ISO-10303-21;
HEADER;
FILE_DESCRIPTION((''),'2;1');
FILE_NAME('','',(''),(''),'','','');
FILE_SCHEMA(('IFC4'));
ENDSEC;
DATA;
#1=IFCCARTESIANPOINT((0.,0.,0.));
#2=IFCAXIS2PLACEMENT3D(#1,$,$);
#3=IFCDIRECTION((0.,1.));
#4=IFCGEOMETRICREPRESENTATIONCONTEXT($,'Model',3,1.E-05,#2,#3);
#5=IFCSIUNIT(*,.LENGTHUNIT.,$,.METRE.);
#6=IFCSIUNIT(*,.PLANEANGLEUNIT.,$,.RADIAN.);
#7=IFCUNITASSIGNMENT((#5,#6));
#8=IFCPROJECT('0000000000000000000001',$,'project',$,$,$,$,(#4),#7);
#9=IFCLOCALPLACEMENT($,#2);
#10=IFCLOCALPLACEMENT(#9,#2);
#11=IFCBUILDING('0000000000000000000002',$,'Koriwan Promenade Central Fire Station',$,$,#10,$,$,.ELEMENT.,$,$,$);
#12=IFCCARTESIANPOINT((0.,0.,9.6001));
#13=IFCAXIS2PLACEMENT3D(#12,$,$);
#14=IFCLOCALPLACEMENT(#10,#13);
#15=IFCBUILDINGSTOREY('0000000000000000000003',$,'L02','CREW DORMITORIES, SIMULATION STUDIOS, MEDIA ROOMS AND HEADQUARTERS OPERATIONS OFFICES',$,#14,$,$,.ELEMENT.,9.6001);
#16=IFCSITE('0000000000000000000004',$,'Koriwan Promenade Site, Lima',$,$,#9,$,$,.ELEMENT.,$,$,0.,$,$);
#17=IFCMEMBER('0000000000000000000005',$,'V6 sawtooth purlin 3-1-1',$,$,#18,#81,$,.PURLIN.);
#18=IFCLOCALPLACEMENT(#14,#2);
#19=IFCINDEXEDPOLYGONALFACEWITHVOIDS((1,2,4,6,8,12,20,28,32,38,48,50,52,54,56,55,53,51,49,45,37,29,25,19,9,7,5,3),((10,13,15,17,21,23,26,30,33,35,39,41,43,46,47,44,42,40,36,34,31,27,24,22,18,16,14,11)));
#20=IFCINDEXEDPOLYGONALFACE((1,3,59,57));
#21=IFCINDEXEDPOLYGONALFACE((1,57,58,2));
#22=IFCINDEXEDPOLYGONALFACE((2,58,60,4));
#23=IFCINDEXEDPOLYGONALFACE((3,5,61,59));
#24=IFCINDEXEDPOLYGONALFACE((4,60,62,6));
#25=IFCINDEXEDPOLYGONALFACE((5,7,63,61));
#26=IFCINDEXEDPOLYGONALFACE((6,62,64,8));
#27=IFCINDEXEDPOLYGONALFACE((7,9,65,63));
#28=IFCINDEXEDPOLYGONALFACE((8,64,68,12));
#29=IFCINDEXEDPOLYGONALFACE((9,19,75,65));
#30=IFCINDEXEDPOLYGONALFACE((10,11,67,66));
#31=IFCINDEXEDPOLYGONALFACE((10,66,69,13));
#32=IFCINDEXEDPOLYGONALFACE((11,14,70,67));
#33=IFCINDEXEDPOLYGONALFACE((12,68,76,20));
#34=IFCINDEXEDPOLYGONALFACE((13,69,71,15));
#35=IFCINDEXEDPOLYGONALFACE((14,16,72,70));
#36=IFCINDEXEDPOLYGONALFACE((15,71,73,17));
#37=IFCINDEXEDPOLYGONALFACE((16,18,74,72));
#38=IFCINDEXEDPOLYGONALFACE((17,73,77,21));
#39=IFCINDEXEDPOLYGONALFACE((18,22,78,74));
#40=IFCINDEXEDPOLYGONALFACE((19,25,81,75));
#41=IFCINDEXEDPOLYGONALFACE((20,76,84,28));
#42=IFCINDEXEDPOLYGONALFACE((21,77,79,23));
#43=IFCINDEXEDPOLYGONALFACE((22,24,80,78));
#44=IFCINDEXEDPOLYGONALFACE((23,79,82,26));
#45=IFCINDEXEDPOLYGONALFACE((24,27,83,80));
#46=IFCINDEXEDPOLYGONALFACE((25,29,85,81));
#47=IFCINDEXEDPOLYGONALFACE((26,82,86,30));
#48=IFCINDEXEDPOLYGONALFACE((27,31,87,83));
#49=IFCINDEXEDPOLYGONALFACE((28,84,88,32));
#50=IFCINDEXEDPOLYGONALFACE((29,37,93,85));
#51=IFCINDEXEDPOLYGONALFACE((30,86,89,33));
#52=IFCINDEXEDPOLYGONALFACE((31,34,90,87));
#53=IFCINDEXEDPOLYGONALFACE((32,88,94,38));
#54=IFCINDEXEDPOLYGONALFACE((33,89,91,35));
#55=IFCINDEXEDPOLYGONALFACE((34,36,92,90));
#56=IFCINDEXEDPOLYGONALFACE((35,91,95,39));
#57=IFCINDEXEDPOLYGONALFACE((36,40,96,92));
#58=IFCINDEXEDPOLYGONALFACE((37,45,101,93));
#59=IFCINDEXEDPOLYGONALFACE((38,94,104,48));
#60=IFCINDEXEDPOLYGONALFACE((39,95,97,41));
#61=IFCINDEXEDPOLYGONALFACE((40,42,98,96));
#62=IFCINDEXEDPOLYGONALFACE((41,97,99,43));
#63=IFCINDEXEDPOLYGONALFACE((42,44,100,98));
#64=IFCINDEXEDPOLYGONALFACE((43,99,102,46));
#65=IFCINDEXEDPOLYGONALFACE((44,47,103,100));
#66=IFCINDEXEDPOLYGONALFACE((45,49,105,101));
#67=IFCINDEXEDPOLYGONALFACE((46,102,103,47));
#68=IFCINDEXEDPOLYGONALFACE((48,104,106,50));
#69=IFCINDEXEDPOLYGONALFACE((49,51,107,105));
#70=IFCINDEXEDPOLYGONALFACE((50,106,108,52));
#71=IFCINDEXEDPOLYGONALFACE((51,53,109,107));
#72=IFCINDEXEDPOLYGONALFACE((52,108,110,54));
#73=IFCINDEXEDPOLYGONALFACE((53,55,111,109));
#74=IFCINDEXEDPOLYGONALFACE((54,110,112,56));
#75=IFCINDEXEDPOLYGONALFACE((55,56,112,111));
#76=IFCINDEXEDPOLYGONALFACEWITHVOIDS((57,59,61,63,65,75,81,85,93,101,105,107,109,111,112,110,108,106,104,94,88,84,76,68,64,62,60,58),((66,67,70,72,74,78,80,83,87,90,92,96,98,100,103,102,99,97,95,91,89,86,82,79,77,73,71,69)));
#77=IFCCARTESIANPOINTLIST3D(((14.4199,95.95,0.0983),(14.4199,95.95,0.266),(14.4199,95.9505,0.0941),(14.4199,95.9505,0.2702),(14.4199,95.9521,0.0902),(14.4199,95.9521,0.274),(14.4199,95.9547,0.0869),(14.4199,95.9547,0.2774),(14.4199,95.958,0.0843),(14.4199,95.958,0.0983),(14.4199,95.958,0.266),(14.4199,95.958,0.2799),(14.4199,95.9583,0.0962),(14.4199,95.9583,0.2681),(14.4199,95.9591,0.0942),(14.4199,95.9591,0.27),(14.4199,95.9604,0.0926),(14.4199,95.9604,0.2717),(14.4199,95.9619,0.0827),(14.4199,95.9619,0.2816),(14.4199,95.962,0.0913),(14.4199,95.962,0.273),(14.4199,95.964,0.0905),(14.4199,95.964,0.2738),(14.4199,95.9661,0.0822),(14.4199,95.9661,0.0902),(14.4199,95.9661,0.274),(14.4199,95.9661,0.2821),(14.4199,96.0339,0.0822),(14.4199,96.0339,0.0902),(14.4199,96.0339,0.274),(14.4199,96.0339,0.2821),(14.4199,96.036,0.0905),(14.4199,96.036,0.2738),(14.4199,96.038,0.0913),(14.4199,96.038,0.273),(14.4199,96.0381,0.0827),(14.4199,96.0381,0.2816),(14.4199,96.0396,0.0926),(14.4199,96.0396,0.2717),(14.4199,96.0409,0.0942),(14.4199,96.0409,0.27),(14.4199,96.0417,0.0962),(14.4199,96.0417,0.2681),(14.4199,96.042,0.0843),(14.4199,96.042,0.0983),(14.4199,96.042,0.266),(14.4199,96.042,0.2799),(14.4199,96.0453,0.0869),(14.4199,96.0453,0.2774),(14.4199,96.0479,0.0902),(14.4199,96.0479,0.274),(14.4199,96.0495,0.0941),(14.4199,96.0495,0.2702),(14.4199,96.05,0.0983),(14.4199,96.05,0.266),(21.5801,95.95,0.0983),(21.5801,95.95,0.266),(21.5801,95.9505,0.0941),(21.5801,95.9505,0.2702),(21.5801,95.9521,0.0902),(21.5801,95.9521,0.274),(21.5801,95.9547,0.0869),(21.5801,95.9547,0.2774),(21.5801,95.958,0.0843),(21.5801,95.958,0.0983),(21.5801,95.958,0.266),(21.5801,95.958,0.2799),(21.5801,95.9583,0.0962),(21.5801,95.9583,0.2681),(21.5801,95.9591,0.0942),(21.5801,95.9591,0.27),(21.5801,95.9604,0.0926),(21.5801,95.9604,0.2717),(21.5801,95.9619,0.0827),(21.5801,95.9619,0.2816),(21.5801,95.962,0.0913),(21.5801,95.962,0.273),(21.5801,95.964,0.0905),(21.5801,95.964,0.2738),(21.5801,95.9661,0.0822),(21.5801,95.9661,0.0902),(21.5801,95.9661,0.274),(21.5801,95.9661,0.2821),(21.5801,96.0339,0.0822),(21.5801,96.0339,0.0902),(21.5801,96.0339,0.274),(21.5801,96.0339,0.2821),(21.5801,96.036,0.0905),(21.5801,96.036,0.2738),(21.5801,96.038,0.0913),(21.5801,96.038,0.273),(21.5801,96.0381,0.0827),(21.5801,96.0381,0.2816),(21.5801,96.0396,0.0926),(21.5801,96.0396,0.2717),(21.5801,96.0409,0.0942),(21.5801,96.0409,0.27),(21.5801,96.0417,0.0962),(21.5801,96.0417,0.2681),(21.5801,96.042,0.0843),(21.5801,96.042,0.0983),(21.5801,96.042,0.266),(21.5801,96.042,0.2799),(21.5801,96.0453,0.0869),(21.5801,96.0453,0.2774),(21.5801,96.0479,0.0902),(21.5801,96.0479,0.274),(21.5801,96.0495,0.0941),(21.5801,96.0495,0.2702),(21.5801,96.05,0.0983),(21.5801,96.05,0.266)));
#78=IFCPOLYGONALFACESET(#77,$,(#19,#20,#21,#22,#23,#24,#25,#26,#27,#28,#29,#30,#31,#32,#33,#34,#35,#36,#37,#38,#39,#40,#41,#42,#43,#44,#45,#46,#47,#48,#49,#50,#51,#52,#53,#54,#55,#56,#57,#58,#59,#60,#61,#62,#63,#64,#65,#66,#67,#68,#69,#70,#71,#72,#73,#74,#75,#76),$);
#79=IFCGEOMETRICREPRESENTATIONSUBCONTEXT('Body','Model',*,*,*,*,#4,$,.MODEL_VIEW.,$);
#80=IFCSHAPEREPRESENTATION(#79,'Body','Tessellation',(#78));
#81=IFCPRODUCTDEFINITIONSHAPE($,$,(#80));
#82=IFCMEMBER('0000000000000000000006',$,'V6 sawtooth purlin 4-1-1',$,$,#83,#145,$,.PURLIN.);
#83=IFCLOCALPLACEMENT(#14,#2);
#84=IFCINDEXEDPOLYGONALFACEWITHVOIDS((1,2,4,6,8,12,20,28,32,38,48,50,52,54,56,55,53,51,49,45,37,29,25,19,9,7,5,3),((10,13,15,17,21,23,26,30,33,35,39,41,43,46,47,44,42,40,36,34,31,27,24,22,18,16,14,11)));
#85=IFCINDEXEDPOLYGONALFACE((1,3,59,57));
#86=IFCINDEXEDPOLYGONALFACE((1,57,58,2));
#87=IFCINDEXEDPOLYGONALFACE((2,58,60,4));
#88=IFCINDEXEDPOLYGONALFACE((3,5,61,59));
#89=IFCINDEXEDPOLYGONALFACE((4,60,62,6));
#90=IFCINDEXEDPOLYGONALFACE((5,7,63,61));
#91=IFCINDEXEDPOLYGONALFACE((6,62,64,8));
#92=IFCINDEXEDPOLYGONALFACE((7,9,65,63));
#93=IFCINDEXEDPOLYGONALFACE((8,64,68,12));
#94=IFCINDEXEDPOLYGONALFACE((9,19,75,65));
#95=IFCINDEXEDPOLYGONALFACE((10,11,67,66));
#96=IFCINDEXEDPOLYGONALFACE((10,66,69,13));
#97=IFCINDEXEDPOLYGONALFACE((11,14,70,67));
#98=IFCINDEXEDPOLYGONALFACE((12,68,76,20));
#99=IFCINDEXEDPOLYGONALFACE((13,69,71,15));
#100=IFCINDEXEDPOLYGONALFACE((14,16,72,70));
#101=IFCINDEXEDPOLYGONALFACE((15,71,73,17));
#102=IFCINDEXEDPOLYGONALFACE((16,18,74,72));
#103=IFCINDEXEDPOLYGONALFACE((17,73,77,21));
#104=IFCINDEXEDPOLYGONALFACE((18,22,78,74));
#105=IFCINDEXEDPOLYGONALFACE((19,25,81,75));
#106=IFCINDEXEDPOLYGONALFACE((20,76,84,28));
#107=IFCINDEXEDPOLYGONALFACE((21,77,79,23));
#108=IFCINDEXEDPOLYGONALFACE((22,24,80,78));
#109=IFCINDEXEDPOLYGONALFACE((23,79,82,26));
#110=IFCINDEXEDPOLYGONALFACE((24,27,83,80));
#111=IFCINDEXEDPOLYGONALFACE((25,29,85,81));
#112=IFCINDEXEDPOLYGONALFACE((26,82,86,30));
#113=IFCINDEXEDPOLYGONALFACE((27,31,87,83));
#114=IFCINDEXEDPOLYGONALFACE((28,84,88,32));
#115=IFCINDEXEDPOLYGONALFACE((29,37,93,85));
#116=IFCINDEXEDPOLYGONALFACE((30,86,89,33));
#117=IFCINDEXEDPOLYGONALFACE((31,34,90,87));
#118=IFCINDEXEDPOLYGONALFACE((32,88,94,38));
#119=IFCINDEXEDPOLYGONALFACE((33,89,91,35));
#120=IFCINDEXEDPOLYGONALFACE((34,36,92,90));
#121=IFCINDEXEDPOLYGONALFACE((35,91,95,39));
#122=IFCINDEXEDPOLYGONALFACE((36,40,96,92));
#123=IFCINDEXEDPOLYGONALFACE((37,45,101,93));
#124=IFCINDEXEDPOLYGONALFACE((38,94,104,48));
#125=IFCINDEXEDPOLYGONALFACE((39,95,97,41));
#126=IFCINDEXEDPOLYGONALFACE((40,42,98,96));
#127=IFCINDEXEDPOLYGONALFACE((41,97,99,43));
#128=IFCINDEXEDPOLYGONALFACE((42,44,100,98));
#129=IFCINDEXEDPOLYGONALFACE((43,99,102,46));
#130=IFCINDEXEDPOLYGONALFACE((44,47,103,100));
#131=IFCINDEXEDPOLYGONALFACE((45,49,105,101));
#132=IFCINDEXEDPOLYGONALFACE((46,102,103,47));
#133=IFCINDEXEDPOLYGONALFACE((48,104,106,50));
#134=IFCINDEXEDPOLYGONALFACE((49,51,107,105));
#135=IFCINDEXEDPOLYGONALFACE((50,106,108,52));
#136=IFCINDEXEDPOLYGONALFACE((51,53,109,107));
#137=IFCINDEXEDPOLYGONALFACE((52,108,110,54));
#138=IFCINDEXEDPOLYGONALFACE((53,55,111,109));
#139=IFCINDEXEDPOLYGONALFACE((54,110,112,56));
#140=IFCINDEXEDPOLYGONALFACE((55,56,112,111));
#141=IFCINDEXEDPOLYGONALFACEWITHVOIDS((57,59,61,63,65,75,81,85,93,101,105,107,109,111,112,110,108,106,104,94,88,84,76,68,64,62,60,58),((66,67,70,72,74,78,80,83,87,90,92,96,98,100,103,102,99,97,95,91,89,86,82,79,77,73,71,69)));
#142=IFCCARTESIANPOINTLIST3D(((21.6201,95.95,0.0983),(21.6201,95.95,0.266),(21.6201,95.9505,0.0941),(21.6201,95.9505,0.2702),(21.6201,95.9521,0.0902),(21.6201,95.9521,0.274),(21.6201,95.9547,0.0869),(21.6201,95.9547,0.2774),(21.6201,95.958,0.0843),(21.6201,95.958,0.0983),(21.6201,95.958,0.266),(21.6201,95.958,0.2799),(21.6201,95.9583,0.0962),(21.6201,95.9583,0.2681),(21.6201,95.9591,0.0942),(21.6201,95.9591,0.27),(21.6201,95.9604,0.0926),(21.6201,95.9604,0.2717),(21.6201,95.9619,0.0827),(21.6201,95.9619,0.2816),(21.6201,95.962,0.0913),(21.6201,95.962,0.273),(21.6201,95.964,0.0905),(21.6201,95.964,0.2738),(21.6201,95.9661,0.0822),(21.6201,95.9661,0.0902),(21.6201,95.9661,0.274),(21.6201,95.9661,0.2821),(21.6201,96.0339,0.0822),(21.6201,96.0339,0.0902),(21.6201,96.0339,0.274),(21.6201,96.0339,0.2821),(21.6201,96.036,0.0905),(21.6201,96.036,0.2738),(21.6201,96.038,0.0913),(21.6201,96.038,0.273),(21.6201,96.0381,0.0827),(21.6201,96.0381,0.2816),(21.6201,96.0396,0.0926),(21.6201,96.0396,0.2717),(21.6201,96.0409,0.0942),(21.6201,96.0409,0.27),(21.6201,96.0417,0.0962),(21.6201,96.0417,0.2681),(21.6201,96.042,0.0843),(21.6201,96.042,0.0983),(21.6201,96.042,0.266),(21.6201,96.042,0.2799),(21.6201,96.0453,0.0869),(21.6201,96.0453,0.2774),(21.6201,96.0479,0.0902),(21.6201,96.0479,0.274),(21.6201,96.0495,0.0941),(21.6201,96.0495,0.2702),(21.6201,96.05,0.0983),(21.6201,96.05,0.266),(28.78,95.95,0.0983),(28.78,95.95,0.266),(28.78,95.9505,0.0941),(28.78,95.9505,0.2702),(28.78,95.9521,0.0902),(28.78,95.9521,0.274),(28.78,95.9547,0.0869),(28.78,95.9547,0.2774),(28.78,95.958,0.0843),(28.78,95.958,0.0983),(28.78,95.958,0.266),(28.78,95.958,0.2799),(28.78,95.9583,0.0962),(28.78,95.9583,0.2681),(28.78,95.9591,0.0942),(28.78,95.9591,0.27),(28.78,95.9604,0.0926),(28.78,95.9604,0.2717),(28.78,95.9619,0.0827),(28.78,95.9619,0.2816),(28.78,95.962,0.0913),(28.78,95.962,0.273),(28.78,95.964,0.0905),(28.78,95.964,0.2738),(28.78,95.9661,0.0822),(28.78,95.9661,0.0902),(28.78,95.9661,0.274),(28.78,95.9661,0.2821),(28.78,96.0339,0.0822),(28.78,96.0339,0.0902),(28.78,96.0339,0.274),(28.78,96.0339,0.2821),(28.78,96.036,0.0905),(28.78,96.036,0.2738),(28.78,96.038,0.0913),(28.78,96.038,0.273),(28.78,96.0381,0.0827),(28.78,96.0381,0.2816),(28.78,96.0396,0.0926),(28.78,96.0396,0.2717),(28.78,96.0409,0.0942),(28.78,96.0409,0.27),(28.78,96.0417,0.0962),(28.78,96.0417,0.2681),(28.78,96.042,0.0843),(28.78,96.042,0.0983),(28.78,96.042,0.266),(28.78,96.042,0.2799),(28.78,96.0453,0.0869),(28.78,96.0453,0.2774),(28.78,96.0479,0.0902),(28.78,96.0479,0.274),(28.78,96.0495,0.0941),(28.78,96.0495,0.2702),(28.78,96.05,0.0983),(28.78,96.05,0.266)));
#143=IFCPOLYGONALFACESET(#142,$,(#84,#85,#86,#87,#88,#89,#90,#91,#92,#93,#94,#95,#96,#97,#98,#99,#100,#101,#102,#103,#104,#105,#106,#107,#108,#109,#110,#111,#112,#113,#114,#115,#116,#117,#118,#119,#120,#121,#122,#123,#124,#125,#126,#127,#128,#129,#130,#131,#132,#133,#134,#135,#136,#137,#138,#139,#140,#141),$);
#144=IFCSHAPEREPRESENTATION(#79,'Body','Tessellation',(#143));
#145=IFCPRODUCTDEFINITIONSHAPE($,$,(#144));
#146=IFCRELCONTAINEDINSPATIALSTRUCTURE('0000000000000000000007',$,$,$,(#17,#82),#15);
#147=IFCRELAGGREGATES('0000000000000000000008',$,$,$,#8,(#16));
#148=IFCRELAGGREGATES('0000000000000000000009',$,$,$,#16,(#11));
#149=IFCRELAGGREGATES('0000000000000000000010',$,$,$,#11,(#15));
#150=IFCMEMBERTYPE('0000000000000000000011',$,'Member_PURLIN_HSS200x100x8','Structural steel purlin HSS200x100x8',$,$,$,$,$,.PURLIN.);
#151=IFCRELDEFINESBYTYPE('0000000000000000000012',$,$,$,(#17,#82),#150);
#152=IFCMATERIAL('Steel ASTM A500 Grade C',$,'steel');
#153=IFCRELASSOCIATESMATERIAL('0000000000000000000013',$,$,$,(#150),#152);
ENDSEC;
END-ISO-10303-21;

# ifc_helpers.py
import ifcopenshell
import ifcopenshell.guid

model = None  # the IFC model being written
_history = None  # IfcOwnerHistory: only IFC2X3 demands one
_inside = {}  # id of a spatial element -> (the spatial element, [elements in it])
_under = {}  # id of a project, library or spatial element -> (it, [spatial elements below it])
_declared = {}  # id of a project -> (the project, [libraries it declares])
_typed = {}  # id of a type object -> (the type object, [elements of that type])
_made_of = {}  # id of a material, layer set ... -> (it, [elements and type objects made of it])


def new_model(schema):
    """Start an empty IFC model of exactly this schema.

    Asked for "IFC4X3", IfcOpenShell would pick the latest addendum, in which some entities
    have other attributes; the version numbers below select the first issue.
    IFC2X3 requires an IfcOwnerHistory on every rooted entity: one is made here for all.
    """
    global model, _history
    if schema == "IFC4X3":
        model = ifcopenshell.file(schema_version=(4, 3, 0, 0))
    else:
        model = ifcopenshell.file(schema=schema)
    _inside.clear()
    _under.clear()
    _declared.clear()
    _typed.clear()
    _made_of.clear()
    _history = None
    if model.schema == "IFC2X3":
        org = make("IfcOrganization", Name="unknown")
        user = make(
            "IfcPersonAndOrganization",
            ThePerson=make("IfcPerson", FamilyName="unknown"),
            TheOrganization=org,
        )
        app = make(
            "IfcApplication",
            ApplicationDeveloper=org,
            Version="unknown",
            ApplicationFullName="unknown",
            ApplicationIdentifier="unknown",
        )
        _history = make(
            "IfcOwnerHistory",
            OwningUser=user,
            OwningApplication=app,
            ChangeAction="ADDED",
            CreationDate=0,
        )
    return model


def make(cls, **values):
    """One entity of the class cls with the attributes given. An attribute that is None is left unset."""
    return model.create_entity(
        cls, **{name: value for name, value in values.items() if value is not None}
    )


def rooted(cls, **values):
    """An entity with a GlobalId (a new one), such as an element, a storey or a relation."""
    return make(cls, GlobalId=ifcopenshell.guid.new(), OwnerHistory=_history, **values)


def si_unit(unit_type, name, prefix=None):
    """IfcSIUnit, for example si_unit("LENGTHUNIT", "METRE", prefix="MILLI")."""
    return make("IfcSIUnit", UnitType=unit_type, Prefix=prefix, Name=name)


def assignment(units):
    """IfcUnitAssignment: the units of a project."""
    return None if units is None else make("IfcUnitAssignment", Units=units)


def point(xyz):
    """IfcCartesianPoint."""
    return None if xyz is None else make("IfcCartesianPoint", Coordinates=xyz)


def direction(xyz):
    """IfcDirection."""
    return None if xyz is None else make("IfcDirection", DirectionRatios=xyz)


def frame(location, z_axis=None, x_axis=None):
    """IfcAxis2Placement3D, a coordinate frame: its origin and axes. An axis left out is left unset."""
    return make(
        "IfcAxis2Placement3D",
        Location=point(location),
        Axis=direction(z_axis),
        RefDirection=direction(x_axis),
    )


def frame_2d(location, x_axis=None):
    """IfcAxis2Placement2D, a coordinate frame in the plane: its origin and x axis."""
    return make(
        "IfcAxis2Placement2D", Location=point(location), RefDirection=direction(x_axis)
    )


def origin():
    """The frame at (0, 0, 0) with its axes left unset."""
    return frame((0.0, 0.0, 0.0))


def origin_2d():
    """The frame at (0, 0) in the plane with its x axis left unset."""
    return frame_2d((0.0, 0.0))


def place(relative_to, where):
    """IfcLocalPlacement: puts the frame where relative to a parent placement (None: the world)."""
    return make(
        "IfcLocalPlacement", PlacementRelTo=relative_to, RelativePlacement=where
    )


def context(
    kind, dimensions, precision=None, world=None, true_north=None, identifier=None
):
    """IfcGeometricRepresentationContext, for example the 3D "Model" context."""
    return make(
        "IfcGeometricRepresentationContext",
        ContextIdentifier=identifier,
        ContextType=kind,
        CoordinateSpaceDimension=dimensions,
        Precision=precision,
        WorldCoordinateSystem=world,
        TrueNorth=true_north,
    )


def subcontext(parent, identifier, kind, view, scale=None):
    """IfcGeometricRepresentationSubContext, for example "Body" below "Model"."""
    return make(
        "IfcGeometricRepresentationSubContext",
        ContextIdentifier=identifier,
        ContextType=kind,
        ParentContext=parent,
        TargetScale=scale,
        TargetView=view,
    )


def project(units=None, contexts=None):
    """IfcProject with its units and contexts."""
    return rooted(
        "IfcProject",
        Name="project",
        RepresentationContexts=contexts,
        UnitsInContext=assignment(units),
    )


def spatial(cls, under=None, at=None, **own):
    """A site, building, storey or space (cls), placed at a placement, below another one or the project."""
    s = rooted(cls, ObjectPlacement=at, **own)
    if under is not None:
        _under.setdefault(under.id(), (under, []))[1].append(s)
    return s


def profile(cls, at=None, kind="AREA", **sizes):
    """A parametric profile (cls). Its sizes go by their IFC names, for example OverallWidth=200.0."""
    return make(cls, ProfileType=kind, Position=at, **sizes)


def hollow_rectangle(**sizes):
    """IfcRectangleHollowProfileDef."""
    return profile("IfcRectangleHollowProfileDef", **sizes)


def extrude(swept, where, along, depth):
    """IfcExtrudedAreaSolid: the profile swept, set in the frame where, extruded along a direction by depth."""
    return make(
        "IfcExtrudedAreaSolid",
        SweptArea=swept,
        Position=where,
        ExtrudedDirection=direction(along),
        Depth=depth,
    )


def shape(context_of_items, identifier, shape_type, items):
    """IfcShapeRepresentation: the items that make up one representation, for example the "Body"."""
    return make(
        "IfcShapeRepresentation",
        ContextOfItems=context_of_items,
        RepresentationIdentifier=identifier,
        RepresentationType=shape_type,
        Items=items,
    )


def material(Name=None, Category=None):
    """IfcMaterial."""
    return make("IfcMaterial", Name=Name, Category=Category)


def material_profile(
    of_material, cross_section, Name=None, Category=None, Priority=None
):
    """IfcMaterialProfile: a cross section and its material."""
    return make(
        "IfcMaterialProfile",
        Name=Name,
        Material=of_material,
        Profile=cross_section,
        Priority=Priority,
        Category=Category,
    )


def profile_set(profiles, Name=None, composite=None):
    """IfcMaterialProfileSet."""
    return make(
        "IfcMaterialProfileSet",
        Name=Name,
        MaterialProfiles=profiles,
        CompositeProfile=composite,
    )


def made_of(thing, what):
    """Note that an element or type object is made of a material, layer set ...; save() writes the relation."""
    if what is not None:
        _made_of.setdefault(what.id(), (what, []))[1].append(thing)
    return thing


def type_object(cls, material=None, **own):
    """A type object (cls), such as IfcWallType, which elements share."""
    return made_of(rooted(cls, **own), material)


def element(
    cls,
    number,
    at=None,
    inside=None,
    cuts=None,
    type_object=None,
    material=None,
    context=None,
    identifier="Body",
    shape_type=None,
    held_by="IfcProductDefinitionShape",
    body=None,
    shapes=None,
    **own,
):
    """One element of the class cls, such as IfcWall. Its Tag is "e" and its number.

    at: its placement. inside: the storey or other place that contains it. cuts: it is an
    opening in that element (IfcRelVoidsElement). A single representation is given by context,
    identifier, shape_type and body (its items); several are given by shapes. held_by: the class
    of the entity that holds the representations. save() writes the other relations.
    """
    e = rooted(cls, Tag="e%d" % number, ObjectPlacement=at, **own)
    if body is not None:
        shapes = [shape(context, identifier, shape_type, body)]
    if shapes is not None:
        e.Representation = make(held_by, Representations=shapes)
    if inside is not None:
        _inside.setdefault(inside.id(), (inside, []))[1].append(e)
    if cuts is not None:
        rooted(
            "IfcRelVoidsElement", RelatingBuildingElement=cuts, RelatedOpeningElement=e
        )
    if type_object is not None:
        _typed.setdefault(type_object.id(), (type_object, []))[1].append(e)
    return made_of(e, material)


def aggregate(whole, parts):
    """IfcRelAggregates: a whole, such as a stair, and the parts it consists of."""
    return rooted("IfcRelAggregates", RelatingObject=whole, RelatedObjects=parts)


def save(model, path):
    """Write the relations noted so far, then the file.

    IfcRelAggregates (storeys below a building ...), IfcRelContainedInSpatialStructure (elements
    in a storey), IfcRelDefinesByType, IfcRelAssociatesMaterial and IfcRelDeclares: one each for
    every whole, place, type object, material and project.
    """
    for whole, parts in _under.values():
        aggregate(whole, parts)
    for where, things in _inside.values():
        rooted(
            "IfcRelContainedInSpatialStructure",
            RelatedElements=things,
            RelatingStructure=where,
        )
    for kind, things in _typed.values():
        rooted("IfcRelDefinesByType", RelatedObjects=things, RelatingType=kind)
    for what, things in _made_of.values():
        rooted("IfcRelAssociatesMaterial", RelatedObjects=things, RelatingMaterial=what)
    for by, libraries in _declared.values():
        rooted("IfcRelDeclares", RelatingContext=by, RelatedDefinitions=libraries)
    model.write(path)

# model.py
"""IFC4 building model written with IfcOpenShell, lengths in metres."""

from ifc_helpers import new_model, si_unit, direction, frame, origin, origin_2d, place, context, subcontext, project, spatial, hollow_rectangle, extrude, material, material_profile, profile_set, type_object, element, save


model = new_model("IFC4")

# Units and contexts
model_context = context("Model", 3, precision=1e-05, world=origin(), true_north=direction((0.0, 1.0)))
body_context = subcontext(model_context, "Body", "Model", "MODEL_VIEW")
ifc_project = project(units=[si_unit("LENGTHUNIT", "METRE"), si_unit("PLANEANGLEUNIT", "RADIAN")], contexts=[model_context])

# Site, building, storey
site_placement = place(None, origin())
site = spatial("IfcSite", under=ifc_project, at=site_placement, Name="Koriwan Promenade Site, Lima", CompositionType="ELEMENT", RefElevation=0.0)
building_placement = place(site_placement, origin())
building = spatial("IfcBuilding", under=site, at=building_placement, Name="Koriwan Promenade Central Fire Station", CompositionType="ELEMENT")
storey_placement = place(building_placement, frame((0.0, 0.0, 9.6001)))
storey = spatial("IfcBuildingStorey", under=building, at=storey_placement, Name="L02", Description="CREW DORMITORIES, SIMULATION STUDIOS, MEDIA ROOMS AND HEADQUARTERS OPERATIONS OFFICES", CompositionType="ELEMENT", Elevation=9.6001)

# Shared definitions
ifc_material_1 = material(Name="Steel ASTM A500 Grade C", Category="steel")

# Members
ifc_material_profile_1 = material_profile(ifc_material_1, hollow_rectangle(XDim=0.1001, YDim=0.2, WallThickness=0.0081, InnerFilletRadius=0.0081, OuterFilletRadius=0.0161, at=origin_2d()), Name="HSS200x100x8")
ifc_profile_set_1 = profile_set([ifc_material_profile_1], Name="Steel ASTM A500 Grade C")
member_type_1 = type_object("IfcMemberType", Name="Member_PURLIN_HSS200x100x8", Description="Structural steel purlin HSS200x100x8", PredefinedType="PURLIN", material=ifc_profile_set_1)
member_placement = place(storey_placement, frame((14.4199, 96.0, 0.1821), z_axis=(1.0, 0.0, 0.0), x_axis=(0.0, 1.0, 0.0)))
element("IfcMember", 1, at=member_placement, inside=storey, type_object=member_type_1, Name="V6 sawtooth purlin 3-1-1", PredefinedType="PURLIN", context=body_context, shape_type="SweptSolid", body=[
    extrude(hollow_rectangle(XDim=0.1001, YDim=0.2, WallThickness=0.0081, InnerFilletRadius=0.0081, OuterFilletRadius=0.0161, at=origin_2d()), origin(), (0.0, 0.0, 1.0), 7.1602),
])
for number, where, z_axis, x_axis, name in (
    (2, (21.6201, 96.0, 0.1821), (1.0, 0.0, 0.0), (0.0, 1.0, 0.0), "V6 sawtooth purlin 4-1-1"),
):
    element("IfcMember", number, at=place(storey_placement, frame(where, z_axis=z_axis, x_axis=x_axis)), inside=storey, type_object=member_type_1, Name=name, PredefinedType="PURLIN", context=body_context, shape_type="SweptSolid", body=[
        extrude(hollow_rectangle(XDim=0.1001, YDim=0.2, WallThickness=0.0081, InnerFilletRadius=0.0081, OuterFilletRadius=0.0161, at=origin_2d()), origin(), (0.0, 0.0, 1.0), 7.1599),
    ])

save(model, "model.ifc")
